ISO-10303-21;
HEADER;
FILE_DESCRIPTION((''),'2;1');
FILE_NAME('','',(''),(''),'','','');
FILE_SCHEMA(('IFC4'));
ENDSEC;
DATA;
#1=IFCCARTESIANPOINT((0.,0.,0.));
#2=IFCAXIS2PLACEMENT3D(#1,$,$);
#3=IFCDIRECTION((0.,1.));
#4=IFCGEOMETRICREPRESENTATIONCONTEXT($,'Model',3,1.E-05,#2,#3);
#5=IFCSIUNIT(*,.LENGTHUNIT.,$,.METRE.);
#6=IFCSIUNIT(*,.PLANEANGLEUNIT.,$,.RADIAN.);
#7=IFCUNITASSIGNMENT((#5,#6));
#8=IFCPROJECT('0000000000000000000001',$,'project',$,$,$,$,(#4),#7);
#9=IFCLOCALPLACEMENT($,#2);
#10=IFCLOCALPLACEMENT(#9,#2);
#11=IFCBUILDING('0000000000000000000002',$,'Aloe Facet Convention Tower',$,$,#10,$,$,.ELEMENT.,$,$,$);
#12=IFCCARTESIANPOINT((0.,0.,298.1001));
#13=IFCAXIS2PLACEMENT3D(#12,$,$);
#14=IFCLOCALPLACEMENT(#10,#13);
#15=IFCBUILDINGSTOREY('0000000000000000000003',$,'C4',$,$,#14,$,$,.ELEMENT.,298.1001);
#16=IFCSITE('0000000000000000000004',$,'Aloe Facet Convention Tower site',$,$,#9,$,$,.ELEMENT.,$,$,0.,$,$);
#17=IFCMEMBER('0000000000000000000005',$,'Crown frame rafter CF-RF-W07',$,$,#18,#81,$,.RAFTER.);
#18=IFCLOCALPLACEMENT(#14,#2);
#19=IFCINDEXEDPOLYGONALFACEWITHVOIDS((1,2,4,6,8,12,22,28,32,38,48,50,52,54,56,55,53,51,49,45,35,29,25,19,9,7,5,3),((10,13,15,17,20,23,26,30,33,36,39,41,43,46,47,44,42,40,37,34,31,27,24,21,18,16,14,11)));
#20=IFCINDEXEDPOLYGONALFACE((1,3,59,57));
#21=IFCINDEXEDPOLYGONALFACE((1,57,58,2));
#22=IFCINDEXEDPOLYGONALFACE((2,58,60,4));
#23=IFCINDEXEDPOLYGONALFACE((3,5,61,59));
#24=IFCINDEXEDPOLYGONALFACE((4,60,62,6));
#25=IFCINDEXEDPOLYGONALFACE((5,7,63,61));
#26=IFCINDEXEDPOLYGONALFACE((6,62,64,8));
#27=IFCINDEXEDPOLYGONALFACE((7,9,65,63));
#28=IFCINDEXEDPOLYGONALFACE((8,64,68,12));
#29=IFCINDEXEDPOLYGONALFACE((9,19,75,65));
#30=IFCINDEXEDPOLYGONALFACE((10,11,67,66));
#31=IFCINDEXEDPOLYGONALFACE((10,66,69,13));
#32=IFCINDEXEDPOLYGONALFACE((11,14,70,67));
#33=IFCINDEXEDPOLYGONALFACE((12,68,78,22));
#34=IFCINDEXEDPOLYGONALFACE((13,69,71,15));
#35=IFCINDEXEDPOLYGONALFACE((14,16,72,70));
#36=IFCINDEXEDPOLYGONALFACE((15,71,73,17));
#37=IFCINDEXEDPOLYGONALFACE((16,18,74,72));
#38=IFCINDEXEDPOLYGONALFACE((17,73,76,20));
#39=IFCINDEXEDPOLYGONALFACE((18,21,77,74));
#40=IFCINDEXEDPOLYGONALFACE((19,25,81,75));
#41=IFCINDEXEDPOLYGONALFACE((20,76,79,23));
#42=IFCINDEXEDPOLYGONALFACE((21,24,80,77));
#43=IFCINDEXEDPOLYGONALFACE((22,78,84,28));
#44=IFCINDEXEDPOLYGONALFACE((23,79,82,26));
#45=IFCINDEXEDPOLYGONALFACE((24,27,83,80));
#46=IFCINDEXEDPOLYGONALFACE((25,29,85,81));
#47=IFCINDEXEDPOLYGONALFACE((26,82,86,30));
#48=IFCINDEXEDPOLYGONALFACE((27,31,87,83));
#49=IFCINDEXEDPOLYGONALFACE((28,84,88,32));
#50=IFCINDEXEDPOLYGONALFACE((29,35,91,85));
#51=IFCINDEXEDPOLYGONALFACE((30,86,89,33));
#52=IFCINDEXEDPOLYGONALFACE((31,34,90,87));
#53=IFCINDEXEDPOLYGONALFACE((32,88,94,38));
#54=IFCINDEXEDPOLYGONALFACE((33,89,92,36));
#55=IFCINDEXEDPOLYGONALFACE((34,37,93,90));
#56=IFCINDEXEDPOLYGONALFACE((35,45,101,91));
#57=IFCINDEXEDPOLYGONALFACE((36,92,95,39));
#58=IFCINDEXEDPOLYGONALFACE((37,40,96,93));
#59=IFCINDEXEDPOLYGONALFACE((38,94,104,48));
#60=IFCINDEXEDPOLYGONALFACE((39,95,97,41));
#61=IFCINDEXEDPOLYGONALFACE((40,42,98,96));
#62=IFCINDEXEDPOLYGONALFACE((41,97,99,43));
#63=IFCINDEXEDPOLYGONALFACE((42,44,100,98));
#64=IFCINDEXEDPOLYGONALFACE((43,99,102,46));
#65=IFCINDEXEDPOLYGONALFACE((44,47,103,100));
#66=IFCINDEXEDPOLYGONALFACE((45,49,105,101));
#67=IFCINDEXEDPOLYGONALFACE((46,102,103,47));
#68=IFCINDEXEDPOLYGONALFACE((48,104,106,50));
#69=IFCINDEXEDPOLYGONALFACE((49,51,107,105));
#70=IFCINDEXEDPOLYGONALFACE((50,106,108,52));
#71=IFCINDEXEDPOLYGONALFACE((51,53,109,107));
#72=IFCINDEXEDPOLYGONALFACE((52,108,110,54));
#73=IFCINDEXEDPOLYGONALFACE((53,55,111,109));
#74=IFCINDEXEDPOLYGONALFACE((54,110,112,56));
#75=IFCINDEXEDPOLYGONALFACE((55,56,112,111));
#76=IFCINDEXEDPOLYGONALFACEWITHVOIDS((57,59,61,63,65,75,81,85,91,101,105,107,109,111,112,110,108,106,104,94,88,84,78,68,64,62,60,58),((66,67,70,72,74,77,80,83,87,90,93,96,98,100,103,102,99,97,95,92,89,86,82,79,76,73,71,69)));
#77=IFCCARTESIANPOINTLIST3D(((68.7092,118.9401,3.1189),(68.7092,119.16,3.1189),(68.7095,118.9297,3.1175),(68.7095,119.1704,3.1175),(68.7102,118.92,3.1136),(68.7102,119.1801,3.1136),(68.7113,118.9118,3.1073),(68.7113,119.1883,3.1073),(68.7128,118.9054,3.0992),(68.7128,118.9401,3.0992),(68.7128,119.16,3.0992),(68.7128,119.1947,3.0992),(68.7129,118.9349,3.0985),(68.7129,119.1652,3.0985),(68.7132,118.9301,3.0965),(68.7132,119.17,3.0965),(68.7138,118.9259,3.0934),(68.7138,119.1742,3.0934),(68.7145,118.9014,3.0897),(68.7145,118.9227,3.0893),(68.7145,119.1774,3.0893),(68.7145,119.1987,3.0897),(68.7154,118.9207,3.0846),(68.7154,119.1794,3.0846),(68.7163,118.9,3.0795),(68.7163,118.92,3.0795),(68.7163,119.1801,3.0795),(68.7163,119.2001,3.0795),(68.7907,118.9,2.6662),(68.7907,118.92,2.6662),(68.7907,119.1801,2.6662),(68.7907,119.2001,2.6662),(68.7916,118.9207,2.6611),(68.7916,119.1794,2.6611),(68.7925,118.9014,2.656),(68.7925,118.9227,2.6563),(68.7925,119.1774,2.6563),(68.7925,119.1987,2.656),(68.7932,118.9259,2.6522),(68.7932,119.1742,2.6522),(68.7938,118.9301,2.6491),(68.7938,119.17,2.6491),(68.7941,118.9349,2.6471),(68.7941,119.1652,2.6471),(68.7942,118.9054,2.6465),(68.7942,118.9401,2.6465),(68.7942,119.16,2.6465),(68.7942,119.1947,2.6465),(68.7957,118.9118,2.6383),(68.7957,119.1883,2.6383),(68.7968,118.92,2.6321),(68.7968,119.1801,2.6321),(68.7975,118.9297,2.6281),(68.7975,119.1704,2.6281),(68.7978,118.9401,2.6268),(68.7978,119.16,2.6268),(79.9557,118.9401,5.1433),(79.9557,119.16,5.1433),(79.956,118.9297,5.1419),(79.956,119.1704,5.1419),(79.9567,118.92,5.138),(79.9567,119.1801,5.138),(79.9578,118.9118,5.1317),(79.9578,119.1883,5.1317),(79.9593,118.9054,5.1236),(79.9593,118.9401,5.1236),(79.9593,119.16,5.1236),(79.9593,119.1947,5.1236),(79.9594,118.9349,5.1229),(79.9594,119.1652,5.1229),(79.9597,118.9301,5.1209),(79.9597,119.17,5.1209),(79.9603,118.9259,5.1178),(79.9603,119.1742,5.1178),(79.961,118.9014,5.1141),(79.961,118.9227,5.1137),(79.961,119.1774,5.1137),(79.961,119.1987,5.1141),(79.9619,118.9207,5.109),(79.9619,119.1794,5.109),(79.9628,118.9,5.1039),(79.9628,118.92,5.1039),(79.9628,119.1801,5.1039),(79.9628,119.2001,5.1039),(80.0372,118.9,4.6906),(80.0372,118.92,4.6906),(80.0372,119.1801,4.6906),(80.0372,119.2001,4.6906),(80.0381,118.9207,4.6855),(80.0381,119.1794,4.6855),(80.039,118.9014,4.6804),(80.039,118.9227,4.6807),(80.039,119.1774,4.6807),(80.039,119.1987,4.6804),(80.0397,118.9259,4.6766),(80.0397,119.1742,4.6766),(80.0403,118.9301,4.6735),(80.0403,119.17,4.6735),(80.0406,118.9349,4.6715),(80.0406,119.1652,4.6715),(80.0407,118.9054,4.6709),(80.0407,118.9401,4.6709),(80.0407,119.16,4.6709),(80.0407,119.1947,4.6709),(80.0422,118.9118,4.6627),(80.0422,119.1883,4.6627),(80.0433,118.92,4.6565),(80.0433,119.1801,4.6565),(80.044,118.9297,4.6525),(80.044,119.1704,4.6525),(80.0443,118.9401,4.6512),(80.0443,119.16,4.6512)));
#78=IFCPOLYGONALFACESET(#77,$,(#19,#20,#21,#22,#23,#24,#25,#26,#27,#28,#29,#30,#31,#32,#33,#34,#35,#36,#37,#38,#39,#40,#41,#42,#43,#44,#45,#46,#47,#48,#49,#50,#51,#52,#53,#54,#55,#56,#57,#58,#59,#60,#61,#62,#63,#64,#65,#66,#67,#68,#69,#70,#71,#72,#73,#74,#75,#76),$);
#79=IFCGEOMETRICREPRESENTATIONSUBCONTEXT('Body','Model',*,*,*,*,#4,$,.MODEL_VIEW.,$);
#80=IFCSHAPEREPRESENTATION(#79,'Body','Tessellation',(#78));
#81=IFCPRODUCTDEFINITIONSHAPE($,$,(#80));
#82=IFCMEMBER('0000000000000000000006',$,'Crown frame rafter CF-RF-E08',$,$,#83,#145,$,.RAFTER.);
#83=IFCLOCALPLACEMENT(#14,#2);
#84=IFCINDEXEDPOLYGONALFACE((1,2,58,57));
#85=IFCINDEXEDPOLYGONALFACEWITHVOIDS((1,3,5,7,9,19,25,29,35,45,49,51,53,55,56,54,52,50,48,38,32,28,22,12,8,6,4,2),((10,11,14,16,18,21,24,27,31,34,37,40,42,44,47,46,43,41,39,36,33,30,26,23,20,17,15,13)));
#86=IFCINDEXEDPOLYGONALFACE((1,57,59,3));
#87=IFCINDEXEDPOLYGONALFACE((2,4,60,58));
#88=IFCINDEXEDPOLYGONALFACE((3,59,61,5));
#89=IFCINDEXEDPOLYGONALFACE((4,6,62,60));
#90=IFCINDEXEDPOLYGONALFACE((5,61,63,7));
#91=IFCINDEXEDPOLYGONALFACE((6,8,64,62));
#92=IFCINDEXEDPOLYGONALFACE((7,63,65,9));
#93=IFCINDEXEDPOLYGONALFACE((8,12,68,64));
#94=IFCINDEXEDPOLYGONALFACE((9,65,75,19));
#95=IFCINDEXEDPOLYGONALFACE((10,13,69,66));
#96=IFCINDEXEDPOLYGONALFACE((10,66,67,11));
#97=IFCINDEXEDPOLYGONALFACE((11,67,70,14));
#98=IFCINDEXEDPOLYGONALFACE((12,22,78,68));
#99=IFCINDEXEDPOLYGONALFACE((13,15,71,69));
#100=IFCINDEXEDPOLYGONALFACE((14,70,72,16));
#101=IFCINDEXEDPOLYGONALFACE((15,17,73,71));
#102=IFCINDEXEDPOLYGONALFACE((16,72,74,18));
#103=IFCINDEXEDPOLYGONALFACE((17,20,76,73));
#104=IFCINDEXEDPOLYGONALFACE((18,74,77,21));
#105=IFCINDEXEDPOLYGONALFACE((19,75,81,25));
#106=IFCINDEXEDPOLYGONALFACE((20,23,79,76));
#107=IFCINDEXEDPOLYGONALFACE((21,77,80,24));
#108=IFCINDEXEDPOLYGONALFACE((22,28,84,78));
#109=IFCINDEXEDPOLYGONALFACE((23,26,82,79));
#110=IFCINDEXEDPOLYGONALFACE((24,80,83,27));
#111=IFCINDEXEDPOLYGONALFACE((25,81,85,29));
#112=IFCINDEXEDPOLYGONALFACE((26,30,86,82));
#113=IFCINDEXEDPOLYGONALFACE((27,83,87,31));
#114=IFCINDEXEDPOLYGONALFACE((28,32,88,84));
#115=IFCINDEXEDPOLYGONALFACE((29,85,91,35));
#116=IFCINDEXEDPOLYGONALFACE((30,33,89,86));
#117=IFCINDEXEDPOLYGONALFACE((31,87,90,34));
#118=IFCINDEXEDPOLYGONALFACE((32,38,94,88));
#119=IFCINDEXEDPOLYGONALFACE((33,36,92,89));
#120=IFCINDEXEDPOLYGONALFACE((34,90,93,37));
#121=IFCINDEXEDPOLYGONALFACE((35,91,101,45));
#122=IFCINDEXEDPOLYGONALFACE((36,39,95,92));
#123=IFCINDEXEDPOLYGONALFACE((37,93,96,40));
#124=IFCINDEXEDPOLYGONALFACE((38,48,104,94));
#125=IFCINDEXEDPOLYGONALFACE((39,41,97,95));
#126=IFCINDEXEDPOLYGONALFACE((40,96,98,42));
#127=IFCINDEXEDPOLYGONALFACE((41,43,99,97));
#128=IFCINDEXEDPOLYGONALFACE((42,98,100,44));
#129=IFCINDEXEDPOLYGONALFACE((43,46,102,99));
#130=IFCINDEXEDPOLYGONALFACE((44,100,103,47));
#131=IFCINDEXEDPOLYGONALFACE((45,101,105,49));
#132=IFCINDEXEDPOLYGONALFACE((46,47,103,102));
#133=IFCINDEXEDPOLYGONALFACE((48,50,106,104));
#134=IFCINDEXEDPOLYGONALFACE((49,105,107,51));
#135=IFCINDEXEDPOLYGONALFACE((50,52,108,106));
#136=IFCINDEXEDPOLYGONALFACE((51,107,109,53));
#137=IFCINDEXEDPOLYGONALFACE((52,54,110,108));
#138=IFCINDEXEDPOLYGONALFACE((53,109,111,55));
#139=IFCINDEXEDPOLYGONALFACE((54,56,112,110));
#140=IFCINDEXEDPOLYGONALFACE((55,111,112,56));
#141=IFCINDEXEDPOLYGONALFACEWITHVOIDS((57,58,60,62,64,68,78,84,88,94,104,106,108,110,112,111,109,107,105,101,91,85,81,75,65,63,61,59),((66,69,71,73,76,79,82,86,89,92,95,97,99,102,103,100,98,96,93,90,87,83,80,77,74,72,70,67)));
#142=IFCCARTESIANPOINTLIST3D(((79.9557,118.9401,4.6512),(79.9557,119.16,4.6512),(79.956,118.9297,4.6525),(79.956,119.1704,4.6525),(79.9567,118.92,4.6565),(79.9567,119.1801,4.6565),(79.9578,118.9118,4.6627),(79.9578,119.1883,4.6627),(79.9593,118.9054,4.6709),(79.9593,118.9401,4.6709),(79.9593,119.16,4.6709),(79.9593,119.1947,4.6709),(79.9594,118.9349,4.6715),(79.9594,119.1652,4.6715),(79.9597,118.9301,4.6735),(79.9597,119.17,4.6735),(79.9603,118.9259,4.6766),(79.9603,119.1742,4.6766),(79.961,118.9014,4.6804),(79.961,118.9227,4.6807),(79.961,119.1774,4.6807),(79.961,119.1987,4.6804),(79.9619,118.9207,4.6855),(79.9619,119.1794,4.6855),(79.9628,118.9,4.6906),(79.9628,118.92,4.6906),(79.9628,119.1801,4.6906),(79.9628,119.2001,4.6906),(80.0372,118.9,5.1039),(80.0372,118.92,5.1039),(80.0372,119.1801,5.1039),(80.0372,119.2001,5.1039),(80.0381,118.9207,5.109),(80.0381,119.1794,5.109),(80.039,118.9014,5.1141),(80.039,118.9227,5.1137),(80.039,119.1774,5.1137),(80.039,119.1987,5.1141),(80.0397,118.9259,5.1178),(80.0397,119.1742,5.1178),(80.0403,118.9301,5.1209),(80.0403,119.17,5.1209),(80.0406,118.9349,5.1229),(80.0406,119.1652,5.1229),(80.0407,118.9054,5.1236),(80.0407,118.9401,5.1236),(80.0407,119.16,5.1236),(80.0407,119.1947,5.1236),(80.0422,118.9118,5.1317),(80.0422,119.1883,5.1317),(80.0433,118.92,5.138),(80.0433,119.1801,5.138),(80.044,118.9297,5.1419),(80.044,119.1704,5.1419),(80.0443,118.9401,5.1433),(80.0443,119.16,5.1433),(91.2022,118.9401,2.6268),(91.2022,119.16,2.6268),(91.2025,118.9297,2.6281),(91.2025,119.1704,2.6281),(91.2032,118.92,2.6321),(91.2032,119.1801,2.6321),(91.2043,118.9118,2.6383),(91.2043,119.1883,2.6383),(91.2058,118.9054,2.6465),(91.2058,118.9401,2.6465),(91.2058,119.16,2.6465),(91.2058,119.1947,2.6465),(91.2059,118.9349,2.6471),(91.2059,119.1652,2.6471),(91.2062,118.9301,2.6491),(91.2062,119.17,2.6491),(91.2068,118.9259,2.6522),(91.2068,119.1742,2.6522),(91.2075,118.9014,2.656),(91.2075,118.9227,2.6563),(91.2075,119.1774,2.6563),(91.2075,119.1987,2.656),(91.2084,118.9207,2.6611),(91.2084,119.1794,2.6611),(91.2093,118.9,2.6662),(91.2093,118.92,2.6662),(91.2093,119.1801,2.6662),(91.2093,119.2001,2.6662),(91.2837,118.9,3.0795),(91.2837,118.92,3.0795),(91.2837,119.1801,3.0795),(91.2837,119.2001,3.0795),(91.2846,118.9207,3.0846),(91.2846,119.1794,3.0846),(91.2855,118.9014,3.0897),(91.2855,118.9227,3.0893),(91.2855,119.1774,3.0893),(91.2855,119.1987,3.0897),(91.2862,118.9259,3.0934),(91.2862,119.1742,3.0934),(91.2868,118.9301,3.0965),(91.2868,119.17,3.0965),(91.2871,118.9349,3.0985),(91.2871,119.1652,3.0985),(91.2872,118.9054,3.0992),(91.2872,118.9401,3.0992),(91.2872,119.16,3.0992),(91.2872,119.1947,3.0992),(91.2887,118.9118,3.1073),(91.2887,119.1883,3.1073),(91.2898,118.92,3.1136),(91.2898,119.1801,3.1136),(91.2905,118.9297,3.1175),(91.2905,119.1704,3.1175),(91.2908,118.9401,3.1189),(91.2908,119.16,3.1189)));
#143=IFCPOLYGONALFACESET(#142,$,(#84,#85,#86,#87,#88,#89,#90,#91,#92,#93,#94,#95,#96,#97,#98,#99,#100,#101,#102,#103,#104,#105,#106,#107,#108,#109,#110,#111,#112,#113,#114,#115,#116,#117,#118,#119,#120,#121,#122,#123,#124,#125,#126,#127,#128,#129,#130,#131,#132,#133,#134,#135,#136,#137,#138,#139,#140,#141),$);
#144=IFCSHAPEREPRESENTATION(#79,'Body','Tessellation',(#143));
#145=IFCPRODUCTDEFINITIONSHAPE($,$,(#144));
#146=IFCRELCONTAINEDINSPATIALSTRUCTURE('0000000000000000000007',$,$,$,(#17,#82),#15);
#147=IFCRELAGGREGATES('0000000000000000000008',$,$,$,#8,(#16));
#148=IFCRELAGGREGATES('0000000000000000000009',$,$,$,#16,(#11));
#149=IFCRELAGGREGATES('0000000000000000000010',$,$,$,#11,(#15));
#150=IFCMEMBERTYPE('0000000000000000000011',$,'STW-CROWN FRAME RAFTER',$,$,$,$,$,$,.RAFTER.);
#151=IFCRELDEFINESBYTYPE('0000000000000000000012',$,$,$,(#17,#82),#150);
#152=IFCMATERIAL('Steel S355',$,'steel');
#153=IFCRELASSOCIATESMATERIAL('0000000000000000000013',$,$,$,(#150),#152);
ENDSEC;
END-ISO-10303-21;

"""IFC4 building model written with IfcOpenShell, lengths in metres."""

from ifc_helpers import new_model, si_unit, direction, frame, origin, origin_2d, place, context, subcontext, project, spatial, hollow_rectangle, extrude, material, material_profile, profile_set, type_object, element, save


model = new_model("IFC4")

# Units and contexts
model_context = context("Model", 3, precision=1e-05, world=origin(), true_north=direction((0.0, 1.0)))
body_context = subcontext(model_context, "Body", "Model", "MODEL_VIEW")
ifc_project = project(units=[si_unit("LENGTHUNIT", "METRE"), si_unit("PLANEANGLEUNIT", "RADIAN")], contexts=[model_context])

# Site, building, storey
site_placement = place(None, origin())
site = spatial("IfcSite", under=ifc_project, at=site_placement, Name="Aloe Facet Convention Tower site", CompositionType="ELEMENT", RefElevation=0.0)
building_placement = place(site_placement, origin())
building = spatial("IfcBuilding", under=site, at=building_placement, Name="Aloe Facet Convention Tower", CompositionType="ELEMENT")
storey_placement = place(building_placement, frame((0.0, 0.0, 298.1001)))
storey = spatial("IfcBuildingStorey", under=building, at=storey_placement, Name="C4", CompositionType="ELEMENT", Elevation=298.1001)

# Members
ifc_material_1 = material(Name="Steel S355", Category="steel")
ifc_material_profile_1 = material_profile(ifc_material_1, hollow_rectangle(XDim=0.3, YDim=0.5, WallThickness=0.02, InnerFilletRadius=0.02, OuterFilletRadius=0.04, at=origin_2d()), Name="RHS 500x300x20")
ifc_profile_set_1 = profile_set([ifc_material_profile_1], Name="Steel S355")
member_type_1 = type_object("IfcMemberType", Name="STW-CROWN FRAME RAFTER", PredefinedType="RAFTER", material=ifc_profile_set_1)
for number, where, z_axis, x_axis, name in (
    (1, (80.0, 119.05, 4.8972), (-0.984183, 0.0, -0.177155), (0.0, -1.0, 0.0), "Crown frame rafter CF-RF-W07"),
    (2, (80.0, 119.05, 4.8972), (0.984183, 0.0, -0.177155), (0.0, 1.0, 0.0), "Crown frame rafter CF-RF-E08"),
):
    element("IfcMember", number, at=place(storey_placement, frame(where, z_axis=z_axis, x_axis=x_axis)), inside=storey, type_object=member_type_1, Name=name, PredefinedType="RAFTER", context=body_context, shape_type="SweptSolid", body=[
        extrude(hollow_rectangle(XDim=0.3, YDim=0.5, WallThickness=0.02, InnerFilletRadius=0.02, OuterFilletRadius=0.04, at=origin_2d()), origin(), (0.0, 0.0, 1.0), 11.4272),
    ])

save(model, "model.ifc")
